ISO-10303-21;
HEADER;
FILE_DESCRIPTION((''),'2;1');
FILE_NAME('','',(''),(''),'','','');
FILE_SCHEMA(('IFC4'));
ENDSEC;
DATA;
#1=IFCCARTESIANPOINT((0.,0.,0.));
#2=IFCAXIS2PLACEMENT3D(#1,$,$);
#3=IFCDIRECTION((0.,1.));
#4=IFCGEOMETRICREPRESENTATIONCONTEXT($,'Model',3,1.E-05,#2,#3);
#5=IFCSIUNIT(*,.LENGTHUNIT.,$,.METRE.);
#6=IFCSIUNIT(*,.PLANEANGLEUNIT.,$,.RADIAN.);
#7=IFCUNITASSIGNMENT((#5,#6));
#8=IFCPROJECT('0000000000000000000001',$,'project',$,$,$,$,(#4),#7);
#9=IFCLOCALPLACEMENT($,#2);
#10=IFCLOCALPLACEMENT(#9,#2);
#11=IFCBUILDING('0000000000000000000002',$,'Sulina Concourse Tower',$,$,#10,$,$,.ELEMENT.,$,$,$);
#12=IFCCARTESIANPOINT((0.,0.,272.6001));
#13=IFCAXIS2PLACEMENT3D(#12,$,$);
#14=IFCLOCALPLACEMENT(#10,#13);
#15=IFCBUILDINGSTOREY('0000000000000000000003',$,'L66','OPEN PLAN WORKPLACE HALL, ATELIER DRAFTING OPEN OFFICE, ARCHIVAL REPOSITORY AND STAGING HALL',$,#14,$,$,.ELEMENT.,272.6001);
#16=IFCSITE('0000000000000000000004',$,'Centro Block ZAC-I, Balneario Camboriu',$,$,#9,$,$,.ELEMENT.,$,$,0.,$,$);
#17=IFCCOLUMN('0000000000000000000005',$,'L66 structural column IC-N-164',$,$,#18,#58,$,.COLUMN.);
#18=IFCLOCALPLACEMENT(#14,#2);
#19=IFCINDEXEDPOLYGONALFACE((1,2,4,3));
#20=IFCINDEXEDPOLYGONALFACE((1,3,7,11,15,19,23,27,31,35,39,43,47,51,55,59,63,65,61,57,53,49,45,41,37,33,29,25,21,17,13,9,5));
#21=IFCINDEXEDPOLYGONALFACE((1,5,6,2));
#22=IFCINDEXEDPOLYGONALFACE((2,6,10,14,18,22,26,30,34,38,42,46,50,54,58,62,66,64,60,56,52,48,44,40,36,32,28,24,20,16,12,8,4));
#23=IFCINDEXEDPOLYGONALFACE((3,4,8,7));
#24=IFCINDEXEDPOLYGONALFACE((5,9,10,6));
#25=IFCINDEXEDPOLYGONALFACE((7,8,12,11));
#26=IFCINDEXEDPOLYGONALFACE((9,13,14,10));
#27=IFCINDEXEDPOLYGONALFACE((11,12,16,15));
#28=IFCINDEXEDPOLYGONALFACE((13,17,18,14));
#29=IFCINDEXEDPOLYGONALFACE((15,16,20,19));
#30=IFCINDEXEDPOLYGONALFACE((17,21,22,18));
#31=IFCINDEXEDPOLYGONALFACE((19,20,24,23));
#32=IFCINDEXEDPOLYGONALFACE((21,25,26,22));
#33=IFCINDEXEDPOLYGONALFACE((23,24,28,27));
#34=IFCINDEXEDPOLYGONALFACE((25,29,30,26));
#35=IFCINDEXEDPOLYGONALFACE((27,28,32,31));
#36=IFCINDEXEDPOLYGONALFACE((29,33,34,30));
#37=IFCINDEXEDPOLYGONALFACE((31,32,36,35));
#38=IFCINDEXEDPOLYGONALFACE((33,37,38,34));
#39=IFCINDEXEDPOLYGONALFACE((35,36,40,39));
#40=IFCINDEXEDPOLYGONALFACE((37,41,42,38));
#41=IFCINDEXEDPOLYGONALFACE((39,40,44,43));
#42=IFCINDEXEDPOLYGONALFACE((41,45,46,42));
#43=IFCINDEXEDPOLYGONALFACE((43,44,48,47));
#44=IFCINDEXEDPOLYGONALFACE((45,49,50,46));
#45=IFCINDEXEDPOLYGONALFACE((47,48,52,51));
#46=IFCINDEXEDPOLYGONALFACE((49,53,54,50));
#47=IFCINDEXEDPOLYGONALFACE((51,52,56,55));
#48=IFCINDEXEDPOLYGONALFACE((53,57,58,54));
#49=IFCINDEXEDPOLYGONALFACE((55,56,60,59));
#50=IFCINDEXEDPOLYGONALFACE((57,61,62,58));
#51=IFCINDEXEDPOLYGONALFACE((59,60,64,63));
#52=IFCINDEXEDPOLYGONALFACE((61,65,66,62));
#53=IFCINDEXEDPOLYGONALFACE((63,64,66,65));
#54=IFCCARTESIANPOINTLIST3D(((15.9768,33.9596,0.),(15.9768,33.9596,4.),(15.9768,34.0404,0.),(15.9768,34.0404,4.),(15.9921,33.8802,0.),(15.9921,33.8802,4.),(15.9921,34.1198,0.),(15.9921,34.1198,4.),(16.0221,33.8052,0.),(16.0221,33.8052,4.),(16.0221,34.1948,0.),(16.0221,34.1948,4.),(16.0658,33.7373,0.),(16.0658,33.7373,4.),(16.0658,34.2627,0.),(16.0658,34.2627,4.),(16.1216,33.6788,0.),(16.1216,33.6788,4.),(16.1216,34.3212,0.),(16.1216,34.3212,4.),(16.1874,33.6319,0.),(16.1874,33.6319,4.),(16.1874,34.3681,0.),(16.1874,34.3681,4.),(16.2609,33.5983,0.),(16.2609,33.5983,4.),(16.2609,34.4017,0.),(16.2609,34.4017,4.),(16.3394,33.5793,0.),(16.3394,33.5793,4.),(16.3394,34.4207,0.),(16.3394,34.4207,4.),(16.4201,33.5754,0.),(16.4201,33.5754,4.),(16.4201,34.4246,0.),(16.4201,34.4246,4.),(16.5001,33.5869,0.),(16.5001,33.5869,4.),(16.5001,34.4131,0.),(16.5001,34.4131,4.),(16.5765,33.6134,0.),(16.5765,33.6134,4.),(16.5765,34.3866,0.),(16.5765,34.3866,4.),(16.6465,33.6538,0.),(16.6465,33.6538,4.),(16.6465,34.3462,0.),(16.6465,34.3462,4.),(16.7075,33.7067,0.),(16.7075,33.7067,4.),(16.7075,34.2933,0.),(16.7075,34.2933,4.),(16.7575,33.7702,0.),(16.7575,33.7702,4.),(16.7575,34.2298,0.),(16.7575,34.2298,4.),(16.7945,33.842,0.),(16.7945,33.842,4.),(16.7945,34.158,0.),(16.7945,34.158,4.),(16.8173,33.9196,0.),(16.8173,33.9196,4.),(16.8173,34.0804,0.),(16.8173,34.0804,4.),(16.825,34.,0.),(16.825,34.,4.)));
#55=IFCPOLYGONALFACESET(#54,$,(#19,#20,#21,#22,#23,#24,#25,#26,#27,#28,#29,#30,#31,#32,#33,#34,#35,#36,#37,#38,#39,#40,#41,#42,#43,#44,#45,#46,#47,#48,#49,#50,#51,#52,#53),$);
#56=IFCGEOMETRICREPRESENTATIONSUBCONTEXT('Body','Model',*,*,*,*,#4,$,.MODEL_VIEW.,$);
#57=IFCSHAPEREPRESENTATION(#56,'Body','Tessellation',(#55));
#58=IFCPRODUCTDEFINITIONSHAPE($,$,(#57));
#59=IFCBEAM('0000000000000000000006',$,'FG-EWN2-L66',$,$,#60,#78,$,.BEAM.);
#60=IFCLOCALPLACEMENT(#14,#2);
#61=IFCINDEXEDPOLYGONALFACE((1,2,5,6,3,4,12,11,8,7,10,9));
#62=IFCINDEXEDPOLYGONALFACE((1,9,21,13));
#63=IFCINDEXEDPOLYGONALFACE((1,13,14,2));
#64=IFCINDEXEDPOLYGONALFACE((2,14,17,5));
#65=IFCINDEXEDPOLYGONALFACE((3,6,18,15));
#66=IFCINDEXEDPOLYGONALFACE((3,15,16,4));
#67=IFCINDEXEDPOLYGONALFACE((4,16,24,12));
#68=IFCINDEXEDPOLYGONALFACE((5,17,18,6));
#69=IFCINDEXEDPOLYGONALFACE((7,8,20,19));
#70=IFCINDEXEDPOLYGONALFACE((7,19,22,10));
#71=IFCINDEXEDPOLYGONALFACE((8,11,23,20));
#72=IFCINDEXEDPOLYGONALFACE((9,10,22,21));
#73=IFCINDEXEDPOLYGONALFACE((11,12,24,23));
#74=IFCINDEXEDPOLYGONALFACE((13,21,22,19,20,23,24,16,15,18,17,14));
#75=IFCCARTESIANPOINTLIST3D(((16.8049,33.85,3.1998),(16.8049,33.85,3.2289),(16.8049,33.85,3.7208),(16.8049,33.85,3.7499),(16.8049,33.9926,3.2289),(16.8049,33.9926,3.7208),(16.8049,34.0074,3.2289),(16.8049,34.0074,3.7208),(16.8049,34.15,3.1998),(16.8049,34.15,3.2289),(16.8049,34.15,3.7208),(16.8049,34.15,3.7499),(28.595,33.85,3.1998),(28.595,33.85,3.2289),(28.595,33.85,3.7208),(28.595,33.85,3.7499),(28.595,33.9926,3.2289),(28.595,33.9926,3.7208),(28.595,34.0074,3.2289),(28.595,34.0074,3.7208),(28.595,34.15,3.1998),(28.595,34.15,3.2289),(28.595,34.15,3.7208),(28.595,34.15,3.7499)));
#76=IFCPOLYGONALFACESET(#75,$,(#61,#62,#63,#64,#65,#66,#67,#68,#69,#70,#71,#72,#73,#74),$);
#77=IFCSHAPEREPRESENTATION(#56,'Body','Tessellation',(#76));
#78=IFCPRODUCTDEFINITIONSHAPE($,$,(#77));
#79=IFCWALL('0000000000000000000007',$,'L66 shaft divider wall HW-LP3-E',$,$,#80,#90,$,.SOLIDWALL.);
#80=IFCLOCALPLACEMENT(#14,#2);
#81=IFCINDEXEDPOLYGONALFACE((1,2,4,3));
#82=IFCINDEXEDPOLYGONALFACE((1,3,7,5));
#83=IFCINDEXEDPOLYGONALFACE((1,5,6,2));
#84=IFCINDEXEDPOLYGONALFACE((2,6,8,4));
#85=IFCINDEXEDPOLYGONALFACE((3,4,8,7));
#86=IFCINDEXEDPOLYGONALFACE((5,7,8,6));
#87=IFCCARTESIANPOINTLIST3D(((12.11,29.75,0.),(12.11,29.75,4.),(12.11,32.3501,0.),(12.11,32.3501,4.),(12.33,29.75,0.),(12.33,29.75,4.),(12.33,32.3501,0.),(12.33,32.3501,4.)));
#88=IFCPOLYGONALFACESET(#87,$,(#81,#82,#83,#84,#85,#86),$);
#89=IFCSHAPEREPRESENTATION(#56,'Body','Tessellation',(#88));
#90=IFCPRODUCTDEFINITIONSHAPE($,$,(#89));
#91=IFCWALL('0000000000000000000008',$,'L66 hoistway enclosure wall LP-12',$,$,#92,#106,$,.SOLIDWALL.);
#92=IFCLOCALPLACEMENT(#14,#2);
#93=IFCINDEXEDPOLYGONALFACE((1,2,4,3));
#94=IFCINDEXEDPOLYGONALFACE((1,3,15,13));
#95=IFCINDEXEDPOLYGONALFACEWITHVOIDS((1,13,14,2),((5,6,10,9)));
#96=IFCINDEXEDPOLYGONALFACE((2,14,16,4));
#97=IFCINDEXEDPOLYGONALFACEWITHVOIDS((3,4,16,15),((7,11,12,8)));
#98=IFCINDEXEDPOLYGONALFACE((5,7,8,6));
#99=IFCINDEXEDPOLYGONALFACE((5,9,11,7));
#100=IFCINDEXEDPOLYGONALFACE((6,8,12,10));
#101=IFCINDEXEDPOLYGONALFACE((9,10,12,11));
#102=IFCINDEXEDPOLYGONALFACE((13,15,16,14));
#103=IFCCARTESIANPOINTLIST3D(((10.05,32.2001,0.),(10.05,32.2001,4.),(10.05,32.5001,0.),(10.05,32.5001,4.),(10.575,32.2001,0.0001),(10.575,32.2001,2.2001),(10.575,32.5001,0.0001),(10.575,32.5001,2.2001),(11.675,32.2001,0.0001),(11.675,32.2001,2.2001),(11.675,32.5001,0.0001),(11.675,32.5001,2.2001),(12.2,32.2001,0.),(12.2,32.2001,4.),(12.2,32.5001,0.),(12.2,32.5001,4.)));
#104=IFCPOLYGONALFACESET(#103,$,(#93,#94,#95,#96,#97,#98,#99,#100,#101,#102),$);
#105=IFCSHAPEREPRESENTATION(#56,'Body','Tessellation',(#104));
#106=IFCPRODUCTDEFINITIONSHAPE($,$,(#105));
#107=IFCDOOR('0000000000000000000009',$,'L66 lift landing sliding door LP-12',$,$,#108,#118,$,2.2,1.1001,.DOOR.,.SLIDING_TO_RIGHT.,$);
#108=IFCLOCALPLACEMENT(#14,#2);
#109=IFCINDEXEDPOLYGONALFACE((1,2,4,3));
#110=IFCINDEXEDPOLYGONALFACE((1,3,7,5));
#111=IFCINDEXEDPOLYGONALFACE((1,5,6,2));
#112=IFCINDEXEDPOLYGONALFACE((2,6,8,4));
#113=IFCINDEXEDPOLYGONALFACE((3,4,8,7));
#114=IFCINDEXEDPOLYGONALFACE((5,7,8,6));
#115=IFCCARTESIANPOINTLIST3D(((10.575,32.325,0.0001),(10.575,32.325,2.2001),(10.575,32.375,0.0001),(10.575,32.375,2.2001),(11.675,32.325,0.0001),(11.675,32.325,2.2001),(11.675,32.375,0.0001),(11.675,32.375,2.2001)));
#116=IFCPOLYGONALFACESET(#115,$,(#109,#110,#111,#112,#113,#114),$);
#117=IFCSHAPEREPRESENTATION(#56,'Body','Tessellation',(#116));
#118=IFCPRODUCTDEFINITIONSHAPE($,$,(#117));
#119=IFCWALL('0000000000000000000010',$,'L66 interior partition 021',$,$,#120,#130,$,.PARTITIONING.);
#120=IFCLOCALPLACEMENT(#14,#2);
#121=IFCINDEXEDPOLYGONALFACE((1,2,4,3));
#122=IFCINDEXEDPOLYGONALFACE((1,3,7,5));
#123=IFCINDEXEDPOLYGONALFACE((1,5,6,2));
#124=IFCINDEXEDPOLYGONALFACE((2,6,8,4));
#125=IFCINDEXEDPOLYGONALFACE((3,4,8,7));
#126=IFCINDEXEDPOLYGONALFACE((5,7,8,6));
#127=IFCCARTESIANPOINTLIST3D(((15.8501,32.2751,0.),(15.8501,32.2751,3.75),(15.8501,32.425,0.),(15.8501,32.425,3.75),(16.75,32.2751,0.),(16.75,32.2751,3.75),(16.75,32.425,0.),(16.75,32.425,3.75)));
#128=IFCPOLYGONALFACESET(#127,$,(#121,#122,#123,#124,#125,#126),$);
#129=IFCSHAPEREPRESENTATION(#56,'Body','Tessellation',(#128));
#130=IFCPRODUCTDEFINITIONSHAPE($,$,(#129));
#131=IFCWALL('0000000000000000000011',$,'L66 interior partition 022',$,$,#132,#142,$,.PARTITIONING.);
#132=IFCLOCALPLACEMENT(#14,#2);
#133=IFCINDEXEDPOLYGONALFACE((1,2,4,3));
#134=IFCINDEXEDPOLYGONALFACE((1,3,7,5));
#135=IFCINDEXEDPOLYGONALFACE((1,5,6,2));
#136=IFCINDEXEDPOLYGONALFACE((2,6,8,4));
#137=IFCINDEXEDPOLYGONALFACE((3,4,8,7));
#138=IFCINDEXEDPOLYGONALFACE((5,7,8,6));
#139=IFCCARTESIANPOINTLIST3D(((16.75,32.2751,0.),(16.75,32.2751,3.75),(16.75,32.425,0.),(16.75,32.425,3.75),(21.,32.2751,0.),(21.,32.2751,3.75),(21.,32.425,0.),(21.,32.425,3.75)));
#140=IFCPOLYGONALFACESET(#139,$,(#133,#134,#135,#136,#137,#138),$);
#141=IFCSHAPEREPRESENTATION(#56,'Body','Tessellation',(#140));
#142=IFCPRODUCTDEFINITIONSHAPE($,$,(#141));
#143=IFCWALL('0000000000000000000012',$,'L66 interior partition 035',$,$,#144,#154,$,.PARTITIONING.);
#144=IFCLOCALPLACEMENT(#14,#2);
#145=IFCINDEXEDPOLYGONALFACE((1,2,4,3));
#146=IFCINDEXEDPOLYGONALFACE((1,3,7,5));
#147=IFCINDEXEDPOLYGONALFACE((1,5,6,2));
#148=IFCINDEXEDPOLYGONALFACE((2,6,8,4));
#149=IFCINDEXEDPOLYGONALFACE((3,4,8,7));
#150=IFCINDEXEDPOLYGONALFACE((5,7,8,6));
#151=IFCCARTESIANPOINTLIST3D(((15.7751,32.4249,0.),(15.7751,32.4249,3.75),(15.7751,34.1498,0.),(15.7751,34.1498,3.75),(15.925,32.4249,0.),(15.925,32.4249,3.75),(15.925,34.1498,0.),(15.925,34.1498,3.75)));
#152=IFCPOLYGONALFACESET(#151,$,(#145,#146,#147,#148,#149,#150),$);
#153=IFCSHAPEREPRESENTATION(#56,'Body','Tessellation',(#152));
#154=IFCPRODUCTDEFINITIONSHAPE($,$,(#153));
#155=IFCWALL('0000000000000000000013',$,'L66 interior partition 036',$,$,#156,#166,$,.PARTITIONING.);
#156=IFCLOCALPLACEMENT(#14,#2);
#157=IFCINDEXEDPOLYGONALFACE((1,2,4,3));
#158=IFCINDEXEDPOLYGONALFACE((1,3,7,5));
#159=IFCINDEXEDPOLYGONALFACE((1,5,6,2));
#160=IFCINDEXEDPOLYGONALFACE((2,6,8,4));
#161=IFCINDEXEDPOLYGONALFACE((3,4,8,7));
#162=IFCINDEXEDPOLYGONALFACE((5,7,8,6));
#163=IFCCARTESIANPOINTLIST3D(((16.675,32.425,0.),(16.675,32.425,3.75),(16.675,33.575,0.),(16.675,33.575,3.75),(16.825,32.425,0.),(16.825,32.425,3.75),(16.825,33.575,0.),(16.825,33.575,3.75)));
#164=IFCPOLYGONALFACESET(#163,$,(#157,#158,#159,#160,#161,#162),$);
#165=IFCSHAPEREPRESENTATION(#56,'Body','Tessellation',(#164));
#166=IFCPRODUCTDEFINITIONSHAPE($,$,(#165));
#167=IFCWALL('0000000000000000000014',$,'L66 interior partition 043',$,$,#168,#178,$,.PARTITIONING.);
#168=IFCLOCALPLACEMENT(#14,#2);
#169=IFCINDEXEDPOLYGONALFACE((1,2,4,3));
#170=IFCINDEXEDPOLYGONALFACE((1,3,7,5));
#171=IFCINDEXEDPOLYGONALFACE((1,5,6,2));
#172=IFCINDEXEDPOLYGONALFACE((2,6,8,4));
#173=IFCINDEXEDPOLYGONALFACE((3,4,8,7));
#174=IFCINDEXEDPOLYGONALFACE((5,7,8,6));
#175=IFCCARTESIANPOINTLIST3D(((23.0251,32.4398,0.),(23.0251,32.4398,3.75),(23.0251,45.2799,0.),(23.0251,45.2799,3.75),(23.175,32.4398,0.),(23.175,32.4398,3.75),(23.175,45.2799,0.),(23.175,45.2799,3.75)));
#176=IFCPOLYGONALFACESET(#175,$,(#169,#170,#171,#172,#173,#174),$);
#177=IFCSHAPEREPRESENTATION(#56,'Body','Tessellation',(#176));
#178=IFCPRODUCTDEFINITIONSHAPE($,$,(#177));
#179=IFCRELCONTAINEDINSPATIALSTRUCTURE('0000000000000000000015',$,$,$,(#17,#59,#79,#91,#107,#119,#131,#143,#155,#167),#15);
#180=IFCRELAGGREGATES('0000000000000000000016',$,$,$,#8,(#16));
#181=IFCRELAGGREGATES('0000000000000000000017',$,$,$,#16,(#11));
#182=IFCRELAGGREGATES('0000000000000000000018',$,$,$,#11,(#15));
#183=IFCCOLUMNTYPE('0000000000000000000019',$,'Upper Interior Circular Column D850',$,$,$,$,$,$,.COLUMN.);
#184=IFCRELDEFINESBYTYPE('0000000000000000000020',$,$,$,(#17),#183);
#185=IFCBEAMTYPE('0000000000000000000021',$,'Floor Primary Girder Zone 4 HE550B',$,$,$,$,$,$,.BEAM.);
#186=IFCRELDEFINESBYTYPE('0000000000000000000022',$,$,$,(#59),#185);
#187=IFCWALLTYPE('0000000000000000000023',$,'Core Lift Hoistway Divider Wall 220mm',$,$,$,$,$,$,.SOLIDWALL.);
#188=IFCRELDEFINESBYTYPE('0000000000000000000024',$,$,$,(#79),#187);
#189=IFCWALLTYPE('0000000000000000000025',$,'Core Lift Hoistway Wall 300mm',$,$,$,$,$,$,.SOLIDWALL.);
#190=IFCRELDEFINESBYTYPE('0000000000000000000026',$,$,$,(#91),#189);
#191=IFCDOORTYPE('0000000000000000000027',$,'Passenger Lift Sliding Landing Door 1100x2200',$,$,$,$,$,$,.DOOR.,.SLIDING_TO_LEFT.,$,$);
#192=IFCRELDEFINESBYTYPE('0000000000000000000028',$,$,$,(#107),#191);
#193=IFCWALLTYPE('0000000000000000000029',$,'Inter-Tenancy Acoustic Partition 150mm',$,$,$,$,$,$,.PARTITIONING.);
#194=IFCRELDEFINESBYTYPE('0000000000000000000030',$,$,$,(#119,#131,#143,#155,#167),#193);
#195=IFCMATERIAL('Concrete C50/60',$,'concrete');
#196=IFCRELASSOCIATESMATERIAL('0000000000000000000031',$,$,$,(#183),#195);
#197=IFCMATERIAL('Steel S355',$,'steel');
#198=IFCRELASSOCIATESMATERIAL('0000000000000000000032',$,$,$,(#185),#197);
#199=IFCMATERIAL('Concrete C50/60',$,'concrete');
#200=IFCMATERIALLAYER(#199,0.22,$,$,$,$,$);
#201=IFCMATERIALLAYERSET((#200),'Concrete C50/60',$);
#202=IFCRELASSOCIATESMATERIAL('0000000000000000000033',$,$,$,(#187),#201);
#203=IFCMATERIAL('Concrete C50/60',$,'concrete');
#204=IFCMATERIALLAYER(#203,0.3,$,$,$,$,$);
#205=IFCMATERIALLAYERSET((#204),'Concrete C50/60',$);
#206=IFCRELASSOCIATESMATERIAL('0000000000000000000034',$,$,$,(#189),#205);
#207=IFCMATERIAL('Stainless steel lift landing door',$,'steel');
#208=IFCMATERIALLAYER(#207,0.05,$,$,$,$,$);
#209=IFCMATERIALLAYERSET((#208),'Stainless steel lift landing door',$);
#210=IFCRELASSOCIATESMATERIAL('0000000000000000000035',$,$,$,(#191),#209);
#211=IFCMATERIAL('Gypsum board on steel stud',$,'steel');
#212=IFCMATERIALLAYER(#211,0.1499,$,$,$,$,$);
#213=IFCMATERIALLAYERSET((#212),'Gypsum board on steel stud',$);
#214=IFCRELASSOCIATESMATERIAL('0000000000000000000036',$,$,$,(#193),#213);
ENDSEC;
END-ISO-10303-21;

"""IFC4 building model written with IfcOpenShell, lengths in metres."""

from ifc_helpers import new_model, si_unit, direction, frame, frame_2d, origin, origin_2d, place, context, subcontext, project, spatial, rectangle, circle, i_section, extrude, material, layer, layer_set, material_profile, profile_set, type_object, element, fill, save


model = new_model("IFC4")

# Units and contexts
model_context = context("Model", 3, precision=1e-05, world=origin(), true_north=direction((0.0, 1.0)))
body_context = subcontext(model_context, "Body", "Model", "MODEL_VIEW")
ifc_project = project(units=[si_unit("LENGTHUNIT", "METRE"), si_unit("PLANEANGLEUNIT", "RADIAN")], contexts=[model_context])

# Site, building, storey
site_placement = place(None, origin())
site = spatial("IfcSite", under=ifc_project, at=site_placement, Name="Centro Block ZAC-I, Balneario Camboriu", CompositionType="ELEMENT", RefElevation=0.0)
building_placement = place(site_placement, origin())
building = spatial("IfcBuilding", under=site, at=building_placement, Name="Sulina Concourse Tower", CompositionType="ELEMENT")
storey_placement = place(building_placement, frame((0.0, 0.0, 272.6001)))
storey = spatial("IfcBuildingStorey", under=building, at=storey_placement, Name="L66", Description="OPEN PLAN WORKPLACE HALL, ATELIER DRAFTING OPEN OFFICE, ARCHIVAL REPOSITORY AND STAGING HALL", CompositionType="ELEMENT", Elevation=272.6001)

# Column
ifc_material_1 = material(Name="Concrete C50/60", Category="concrete")
ifc_material_profile_1 = material_profile(ifc_material_1, circle(Radius=0.425, at=origin_2d()), Name="RC D850")
ifc_profile_set_1 = profile_set([ifc_material_profile_1], Name="Concrete C50/60")
column_type = type_object("IfcColumnType", Name="Upper Interior Circular Column D850", PredefinedType="COLUMN", material=ifc_profile_set_1)
column_placement = place(storey_placement, frame((16.3999, 34.0, 0.0), z_axis=(0.0, 0.0, 1.0), x_axis=(1.0, 0.0, 0.0)))
element("IfcColumn", 1, at=column_placement, inside=storey, type_object=column_type, Name="L66 structural column IC-N-164", PredefinedType="COLUMN", context=body_context, shape_type="SweptSolid", body=[
    extrude(circle(Radius=0.425, at=origin_2d()), origin(), (0.0, 0.0, 1.0), 4.0),
])

# Beam
ifc_material_2 = material(Name="Steel S355", Category="steel")
ifc_material_profile_2 = material_profile(ifc_material_2, i_section(OverallWidth=0.3, OverallDepth=0.55, WebThickness=0.0149, FlangeThickness=0.0291, at=origin_2d()), Name="HE 550 B")
ifc_profile_set_2 = profile_set([ifc_material_profile_2], Name="Steel S355")
beam_type = type_object("IfcBeamType", Name="Floor Primary Girder Zone 4 HE550B", PredefinedType="BEAM", material=ifc_profile_set_2)
beam_placement = place(storey_placement, frame((16.8049, 34.0, 3.4749), z_axis=(1.0, 0.0, 0.0), x_axis=(0.0, 1.0, 0.0)))
element("IfcBeam", 2, at=beam_placement, inside=storey, type_object=beam_type, Name="FG-EWN2-L66", PredefinedType="BEAM", context=body_context, shape_type="SweptSolid", body=[
    extrude(i_section(OverallWidth=0.3, OverallDepth=0.55, WebThickness=0.0149, FlangeThickness=0.0291, at=origin_2d()), origin(), (0.0, 0.0, 1.0), 11.79),
])

# Wall
ifc_material_3 = material(Name="Concrete C50/60", Category="concrete")
ifc_layer_1 = layer(ifc_material_3, 0.22)
ifc_layer_set_1 = layer_set([ifc_layer_1], Name="Concrete C50/60")
wall_type_1 = type_object("IfcWallType", Name="Core Lift Hoistway Divider Wall 220mm", PredefinedType="SOLIDWALL", material=ifc_layer_set_1)
wall_1_placement = place(storey_placement, frame((12.22, 29.75, 0.0), z_axis=(0.0, 0.0, 1.0), x_axis=(0.0, 1.0, 0.0)))
element("IfcWall", 3, at=wall_1_placement, inside=storey, type_object=wall_type_1, Name="L66 shaft divider wall HW-LP3-E", PredefinedType="SOLIDWALL", context=body_context, shape_type="SweptSolid", body=[
    extrude(rectangle(XDim=2.6001, YDim=0.22, at=frame_2d((1.3, 0.0))), origin(), (0.0, 0.0, 1.0), 4.0),
])

# Wall, opening, door
ifc_material_4 = material(Name="Concrete C50/60", Category="concrete")
ifc_layer_2 = layer(ifc_material_4, 0.3)
ifc_layer_set_2 = layer_set([ifc_layer_2], Name="Concrete C50/60")
wall_type_2 = type_object("IfcWallType", Name="Core Lift Hoistway Wall 300mm", PredefinedType="SOLIDWALL", material=ifc_layer_set_2)
wall_2_placement = place(storey_placement, frame((10.05, 32.3501, 0.0), z_axis=(0.0, 0.0, 1.0), x_axis=(1.0, 0.0, 0.0)))
wall_2 = element("IfcWall", 4, at=wall_2_placement, inside=storey, type_object=wall_type_2, Name="L66 hoistway enclosure wall LP-12", PredefinedType="SOLIDWALL", context=body_context, shape_type="SweptSolid", body=[
    extrude(rectangle(XDim=2.1499, YDim=0.3, at=frame_2d((1.075, 0.0))), origin(), (0.0, 0.0, 1.0), 4.0),
])
opening_1_placement = place(wall_2_placement, frame((0.5249, 0.0, 0.0)))
opening_1 = element("IfcOpeningElement", 5, at=opening_1_placement, cuts=wall_2, PredefinedType="OPENING", context=body_context, shape_type="SweptSolid", body=[
    extrude(rectangle(XDim=1.1001, YDim=2.2, at=frame_2d((0.55, 1.1001))), frame((0.0, 0.1599, 0.0), z_axis=(0.0, -1.0, 0.0), x_axis=(1.0, 0.0, 0.0)), (0.0, 0.0, 1.0), 0.3201),
])
ifc_material_5 = material(Name="Stainless steel lift landing door", Category="steel")
ifc_layer_3 = layer(ifc_material_5, 0.05)
ifc_layer_set_3 = layer_set([ifc_layer_3], Name="Stainless steel lift landing door")
door_type_1 = type_object("IfcDoorType", Name="Passenger Lift Sliding Landing Door 1100x2200", OperationType="SLIDING_TO_LEFT", PredefinedType="DOOR", material=ifc_layer_set_3)
door_1_placement = place(opening_1_placement, origin())
door_1 = element("IfcDoor", 6, at=door_1_placement, inside=storey, type_object=door_type_1, Name="L66 lift landing sliding door LP-12", OperationType="SLIDING_TO_RIGHT", OverallHeight=2.2, OverallWidth=1.1001, PredefinedType="DOOR", context=body_context, shape_type="SweptSolid", body=[
    extrude(rectangle(XDim=1.1001, YDim=2.2, at=frame_2d((0.55, 1.1001))), frame((0.0, 0.0249, 0.0), z_axis=(0.0, -1.0, 0.0), x_axis=(1.0, 0.0, 0.0)), (0.0, 0.0, 1.0), 0.05),
])
fill(opening_1, door_1)
ifc_material_6 = material(Name="Gypsum board on steel stud", Category="steel")
ifc_layer_4 = layer(ifc_material_6, 0.1499)
ifc_layer_set_4 = layer_set([ifc_layer_4], Name="Gypsum board on steel stud")
wall_type_3 = type_object("IfcWallType", Name="Inter-Tenancy Acoustic Partition 150mm", PredefinedType="PARTITIONING", material=ifc_layer_set_4)

# Walls
wall_3_placement = place(storey_placement, frame((15.8501, 32.3501, 0.0), z_axis=(0.0, 0.0, 1.0), x_axis=(1.0, 0.0, 0.0)))
element("IfcWall", 7, at=wall_3_placement, inside=storey, type_object=wall_type_3, Name="L66 interior partition 021", PredefinedType="PARTITIONING", context=body_context, shape_type="SweptSolid", body=[
    extrude(rectangle(XDim=0.8999, YDim=0.1499, at=frame_2d((0.45, 0.0))), origin(), (0.0, 0.0, 1.0), 3.75),
])
wall_4_placement = place(storey_placement, frame((16.75, 32.3501, 0.0), z_axis=(0.0, 0.0, 1.0), x_axis=(1.0, 0.0, 0.0)))
element("IfcWall", 8, at=wall_4_placement, inside=storey, type_object=wall_type_3, Name="L66 interior partition 022", PredefinedType="PARTITIONING", context=body_context, shape_type="SweptSolid", body=[
    extrude(rectangle(XDim=4.25, YDim=0.1499, at=frame_2d((2.125, 0.0))), origin(), (0.0, 0.0, 1.0), 3.75),
])
wall_5_placement = place(storey_placement, frame((15.8501, 32.425, 0.0), z_axis=(0.0, 0.0, 1.0), x_axis=(0.0, 1.0, 0.0)))
element("IfcWall", 9, at=wall_5_placement, inside=storey, type_object=wall_type_3, Name="L66 interior partition 035", PredefinedType="PARTITIONING", context=body_context, shape_type="SweptSolid", body=[
    extrude(rectangle(XDim=1.7249, YDim=0.1499, at=frame_2d((0.8623, 0.0))), origin(), (0.0, 0.0, 1.0), 3.75),
])
wall_6_placement = place(storey_placement, frame((16.75, 32.425, 0.0), z_axis=(0.0, 0.0, 1.0), x_axis=(0.0, 1.0, 0.0)))
element("IfcWall", 10, at=wall_6_placement, inside=storey, type_object=wall_type_3, Name="L66 interior partition 036", PredefinedType="PARTITIONING", context=body_context, shape_type="SweptSolid", body=[
    extrude(rectangle(XDim=1.1499, YDim=0.1499, at=frame_2d((0.575, 0.0))), origin(), (0.0, 0.0, 1.0), 3.75),
])
wall_7_placement = place(storey_placement, frame((23.1001, 32.4399, 0.0), z_axis=(0.0, 0.0, 1.0), x_axis=(0.0, 1.0, 0.0)))
element("IfcWall", 11, at=wall_7_placement, inside=storey, type_object=wall_type_3, Name="L66 interior partition 043", PredefinedType="PARTITIONING", context=body_context, shape_type="SweptSolid", body=[
    extrude(rectangle(XDim=12.8401, YDim=0.1499, at=frame_2d((6.4199, 0.0))), origin(), (0.0, 0.0, 1.0), 3.75),
])

save(model, "model.ifc")
